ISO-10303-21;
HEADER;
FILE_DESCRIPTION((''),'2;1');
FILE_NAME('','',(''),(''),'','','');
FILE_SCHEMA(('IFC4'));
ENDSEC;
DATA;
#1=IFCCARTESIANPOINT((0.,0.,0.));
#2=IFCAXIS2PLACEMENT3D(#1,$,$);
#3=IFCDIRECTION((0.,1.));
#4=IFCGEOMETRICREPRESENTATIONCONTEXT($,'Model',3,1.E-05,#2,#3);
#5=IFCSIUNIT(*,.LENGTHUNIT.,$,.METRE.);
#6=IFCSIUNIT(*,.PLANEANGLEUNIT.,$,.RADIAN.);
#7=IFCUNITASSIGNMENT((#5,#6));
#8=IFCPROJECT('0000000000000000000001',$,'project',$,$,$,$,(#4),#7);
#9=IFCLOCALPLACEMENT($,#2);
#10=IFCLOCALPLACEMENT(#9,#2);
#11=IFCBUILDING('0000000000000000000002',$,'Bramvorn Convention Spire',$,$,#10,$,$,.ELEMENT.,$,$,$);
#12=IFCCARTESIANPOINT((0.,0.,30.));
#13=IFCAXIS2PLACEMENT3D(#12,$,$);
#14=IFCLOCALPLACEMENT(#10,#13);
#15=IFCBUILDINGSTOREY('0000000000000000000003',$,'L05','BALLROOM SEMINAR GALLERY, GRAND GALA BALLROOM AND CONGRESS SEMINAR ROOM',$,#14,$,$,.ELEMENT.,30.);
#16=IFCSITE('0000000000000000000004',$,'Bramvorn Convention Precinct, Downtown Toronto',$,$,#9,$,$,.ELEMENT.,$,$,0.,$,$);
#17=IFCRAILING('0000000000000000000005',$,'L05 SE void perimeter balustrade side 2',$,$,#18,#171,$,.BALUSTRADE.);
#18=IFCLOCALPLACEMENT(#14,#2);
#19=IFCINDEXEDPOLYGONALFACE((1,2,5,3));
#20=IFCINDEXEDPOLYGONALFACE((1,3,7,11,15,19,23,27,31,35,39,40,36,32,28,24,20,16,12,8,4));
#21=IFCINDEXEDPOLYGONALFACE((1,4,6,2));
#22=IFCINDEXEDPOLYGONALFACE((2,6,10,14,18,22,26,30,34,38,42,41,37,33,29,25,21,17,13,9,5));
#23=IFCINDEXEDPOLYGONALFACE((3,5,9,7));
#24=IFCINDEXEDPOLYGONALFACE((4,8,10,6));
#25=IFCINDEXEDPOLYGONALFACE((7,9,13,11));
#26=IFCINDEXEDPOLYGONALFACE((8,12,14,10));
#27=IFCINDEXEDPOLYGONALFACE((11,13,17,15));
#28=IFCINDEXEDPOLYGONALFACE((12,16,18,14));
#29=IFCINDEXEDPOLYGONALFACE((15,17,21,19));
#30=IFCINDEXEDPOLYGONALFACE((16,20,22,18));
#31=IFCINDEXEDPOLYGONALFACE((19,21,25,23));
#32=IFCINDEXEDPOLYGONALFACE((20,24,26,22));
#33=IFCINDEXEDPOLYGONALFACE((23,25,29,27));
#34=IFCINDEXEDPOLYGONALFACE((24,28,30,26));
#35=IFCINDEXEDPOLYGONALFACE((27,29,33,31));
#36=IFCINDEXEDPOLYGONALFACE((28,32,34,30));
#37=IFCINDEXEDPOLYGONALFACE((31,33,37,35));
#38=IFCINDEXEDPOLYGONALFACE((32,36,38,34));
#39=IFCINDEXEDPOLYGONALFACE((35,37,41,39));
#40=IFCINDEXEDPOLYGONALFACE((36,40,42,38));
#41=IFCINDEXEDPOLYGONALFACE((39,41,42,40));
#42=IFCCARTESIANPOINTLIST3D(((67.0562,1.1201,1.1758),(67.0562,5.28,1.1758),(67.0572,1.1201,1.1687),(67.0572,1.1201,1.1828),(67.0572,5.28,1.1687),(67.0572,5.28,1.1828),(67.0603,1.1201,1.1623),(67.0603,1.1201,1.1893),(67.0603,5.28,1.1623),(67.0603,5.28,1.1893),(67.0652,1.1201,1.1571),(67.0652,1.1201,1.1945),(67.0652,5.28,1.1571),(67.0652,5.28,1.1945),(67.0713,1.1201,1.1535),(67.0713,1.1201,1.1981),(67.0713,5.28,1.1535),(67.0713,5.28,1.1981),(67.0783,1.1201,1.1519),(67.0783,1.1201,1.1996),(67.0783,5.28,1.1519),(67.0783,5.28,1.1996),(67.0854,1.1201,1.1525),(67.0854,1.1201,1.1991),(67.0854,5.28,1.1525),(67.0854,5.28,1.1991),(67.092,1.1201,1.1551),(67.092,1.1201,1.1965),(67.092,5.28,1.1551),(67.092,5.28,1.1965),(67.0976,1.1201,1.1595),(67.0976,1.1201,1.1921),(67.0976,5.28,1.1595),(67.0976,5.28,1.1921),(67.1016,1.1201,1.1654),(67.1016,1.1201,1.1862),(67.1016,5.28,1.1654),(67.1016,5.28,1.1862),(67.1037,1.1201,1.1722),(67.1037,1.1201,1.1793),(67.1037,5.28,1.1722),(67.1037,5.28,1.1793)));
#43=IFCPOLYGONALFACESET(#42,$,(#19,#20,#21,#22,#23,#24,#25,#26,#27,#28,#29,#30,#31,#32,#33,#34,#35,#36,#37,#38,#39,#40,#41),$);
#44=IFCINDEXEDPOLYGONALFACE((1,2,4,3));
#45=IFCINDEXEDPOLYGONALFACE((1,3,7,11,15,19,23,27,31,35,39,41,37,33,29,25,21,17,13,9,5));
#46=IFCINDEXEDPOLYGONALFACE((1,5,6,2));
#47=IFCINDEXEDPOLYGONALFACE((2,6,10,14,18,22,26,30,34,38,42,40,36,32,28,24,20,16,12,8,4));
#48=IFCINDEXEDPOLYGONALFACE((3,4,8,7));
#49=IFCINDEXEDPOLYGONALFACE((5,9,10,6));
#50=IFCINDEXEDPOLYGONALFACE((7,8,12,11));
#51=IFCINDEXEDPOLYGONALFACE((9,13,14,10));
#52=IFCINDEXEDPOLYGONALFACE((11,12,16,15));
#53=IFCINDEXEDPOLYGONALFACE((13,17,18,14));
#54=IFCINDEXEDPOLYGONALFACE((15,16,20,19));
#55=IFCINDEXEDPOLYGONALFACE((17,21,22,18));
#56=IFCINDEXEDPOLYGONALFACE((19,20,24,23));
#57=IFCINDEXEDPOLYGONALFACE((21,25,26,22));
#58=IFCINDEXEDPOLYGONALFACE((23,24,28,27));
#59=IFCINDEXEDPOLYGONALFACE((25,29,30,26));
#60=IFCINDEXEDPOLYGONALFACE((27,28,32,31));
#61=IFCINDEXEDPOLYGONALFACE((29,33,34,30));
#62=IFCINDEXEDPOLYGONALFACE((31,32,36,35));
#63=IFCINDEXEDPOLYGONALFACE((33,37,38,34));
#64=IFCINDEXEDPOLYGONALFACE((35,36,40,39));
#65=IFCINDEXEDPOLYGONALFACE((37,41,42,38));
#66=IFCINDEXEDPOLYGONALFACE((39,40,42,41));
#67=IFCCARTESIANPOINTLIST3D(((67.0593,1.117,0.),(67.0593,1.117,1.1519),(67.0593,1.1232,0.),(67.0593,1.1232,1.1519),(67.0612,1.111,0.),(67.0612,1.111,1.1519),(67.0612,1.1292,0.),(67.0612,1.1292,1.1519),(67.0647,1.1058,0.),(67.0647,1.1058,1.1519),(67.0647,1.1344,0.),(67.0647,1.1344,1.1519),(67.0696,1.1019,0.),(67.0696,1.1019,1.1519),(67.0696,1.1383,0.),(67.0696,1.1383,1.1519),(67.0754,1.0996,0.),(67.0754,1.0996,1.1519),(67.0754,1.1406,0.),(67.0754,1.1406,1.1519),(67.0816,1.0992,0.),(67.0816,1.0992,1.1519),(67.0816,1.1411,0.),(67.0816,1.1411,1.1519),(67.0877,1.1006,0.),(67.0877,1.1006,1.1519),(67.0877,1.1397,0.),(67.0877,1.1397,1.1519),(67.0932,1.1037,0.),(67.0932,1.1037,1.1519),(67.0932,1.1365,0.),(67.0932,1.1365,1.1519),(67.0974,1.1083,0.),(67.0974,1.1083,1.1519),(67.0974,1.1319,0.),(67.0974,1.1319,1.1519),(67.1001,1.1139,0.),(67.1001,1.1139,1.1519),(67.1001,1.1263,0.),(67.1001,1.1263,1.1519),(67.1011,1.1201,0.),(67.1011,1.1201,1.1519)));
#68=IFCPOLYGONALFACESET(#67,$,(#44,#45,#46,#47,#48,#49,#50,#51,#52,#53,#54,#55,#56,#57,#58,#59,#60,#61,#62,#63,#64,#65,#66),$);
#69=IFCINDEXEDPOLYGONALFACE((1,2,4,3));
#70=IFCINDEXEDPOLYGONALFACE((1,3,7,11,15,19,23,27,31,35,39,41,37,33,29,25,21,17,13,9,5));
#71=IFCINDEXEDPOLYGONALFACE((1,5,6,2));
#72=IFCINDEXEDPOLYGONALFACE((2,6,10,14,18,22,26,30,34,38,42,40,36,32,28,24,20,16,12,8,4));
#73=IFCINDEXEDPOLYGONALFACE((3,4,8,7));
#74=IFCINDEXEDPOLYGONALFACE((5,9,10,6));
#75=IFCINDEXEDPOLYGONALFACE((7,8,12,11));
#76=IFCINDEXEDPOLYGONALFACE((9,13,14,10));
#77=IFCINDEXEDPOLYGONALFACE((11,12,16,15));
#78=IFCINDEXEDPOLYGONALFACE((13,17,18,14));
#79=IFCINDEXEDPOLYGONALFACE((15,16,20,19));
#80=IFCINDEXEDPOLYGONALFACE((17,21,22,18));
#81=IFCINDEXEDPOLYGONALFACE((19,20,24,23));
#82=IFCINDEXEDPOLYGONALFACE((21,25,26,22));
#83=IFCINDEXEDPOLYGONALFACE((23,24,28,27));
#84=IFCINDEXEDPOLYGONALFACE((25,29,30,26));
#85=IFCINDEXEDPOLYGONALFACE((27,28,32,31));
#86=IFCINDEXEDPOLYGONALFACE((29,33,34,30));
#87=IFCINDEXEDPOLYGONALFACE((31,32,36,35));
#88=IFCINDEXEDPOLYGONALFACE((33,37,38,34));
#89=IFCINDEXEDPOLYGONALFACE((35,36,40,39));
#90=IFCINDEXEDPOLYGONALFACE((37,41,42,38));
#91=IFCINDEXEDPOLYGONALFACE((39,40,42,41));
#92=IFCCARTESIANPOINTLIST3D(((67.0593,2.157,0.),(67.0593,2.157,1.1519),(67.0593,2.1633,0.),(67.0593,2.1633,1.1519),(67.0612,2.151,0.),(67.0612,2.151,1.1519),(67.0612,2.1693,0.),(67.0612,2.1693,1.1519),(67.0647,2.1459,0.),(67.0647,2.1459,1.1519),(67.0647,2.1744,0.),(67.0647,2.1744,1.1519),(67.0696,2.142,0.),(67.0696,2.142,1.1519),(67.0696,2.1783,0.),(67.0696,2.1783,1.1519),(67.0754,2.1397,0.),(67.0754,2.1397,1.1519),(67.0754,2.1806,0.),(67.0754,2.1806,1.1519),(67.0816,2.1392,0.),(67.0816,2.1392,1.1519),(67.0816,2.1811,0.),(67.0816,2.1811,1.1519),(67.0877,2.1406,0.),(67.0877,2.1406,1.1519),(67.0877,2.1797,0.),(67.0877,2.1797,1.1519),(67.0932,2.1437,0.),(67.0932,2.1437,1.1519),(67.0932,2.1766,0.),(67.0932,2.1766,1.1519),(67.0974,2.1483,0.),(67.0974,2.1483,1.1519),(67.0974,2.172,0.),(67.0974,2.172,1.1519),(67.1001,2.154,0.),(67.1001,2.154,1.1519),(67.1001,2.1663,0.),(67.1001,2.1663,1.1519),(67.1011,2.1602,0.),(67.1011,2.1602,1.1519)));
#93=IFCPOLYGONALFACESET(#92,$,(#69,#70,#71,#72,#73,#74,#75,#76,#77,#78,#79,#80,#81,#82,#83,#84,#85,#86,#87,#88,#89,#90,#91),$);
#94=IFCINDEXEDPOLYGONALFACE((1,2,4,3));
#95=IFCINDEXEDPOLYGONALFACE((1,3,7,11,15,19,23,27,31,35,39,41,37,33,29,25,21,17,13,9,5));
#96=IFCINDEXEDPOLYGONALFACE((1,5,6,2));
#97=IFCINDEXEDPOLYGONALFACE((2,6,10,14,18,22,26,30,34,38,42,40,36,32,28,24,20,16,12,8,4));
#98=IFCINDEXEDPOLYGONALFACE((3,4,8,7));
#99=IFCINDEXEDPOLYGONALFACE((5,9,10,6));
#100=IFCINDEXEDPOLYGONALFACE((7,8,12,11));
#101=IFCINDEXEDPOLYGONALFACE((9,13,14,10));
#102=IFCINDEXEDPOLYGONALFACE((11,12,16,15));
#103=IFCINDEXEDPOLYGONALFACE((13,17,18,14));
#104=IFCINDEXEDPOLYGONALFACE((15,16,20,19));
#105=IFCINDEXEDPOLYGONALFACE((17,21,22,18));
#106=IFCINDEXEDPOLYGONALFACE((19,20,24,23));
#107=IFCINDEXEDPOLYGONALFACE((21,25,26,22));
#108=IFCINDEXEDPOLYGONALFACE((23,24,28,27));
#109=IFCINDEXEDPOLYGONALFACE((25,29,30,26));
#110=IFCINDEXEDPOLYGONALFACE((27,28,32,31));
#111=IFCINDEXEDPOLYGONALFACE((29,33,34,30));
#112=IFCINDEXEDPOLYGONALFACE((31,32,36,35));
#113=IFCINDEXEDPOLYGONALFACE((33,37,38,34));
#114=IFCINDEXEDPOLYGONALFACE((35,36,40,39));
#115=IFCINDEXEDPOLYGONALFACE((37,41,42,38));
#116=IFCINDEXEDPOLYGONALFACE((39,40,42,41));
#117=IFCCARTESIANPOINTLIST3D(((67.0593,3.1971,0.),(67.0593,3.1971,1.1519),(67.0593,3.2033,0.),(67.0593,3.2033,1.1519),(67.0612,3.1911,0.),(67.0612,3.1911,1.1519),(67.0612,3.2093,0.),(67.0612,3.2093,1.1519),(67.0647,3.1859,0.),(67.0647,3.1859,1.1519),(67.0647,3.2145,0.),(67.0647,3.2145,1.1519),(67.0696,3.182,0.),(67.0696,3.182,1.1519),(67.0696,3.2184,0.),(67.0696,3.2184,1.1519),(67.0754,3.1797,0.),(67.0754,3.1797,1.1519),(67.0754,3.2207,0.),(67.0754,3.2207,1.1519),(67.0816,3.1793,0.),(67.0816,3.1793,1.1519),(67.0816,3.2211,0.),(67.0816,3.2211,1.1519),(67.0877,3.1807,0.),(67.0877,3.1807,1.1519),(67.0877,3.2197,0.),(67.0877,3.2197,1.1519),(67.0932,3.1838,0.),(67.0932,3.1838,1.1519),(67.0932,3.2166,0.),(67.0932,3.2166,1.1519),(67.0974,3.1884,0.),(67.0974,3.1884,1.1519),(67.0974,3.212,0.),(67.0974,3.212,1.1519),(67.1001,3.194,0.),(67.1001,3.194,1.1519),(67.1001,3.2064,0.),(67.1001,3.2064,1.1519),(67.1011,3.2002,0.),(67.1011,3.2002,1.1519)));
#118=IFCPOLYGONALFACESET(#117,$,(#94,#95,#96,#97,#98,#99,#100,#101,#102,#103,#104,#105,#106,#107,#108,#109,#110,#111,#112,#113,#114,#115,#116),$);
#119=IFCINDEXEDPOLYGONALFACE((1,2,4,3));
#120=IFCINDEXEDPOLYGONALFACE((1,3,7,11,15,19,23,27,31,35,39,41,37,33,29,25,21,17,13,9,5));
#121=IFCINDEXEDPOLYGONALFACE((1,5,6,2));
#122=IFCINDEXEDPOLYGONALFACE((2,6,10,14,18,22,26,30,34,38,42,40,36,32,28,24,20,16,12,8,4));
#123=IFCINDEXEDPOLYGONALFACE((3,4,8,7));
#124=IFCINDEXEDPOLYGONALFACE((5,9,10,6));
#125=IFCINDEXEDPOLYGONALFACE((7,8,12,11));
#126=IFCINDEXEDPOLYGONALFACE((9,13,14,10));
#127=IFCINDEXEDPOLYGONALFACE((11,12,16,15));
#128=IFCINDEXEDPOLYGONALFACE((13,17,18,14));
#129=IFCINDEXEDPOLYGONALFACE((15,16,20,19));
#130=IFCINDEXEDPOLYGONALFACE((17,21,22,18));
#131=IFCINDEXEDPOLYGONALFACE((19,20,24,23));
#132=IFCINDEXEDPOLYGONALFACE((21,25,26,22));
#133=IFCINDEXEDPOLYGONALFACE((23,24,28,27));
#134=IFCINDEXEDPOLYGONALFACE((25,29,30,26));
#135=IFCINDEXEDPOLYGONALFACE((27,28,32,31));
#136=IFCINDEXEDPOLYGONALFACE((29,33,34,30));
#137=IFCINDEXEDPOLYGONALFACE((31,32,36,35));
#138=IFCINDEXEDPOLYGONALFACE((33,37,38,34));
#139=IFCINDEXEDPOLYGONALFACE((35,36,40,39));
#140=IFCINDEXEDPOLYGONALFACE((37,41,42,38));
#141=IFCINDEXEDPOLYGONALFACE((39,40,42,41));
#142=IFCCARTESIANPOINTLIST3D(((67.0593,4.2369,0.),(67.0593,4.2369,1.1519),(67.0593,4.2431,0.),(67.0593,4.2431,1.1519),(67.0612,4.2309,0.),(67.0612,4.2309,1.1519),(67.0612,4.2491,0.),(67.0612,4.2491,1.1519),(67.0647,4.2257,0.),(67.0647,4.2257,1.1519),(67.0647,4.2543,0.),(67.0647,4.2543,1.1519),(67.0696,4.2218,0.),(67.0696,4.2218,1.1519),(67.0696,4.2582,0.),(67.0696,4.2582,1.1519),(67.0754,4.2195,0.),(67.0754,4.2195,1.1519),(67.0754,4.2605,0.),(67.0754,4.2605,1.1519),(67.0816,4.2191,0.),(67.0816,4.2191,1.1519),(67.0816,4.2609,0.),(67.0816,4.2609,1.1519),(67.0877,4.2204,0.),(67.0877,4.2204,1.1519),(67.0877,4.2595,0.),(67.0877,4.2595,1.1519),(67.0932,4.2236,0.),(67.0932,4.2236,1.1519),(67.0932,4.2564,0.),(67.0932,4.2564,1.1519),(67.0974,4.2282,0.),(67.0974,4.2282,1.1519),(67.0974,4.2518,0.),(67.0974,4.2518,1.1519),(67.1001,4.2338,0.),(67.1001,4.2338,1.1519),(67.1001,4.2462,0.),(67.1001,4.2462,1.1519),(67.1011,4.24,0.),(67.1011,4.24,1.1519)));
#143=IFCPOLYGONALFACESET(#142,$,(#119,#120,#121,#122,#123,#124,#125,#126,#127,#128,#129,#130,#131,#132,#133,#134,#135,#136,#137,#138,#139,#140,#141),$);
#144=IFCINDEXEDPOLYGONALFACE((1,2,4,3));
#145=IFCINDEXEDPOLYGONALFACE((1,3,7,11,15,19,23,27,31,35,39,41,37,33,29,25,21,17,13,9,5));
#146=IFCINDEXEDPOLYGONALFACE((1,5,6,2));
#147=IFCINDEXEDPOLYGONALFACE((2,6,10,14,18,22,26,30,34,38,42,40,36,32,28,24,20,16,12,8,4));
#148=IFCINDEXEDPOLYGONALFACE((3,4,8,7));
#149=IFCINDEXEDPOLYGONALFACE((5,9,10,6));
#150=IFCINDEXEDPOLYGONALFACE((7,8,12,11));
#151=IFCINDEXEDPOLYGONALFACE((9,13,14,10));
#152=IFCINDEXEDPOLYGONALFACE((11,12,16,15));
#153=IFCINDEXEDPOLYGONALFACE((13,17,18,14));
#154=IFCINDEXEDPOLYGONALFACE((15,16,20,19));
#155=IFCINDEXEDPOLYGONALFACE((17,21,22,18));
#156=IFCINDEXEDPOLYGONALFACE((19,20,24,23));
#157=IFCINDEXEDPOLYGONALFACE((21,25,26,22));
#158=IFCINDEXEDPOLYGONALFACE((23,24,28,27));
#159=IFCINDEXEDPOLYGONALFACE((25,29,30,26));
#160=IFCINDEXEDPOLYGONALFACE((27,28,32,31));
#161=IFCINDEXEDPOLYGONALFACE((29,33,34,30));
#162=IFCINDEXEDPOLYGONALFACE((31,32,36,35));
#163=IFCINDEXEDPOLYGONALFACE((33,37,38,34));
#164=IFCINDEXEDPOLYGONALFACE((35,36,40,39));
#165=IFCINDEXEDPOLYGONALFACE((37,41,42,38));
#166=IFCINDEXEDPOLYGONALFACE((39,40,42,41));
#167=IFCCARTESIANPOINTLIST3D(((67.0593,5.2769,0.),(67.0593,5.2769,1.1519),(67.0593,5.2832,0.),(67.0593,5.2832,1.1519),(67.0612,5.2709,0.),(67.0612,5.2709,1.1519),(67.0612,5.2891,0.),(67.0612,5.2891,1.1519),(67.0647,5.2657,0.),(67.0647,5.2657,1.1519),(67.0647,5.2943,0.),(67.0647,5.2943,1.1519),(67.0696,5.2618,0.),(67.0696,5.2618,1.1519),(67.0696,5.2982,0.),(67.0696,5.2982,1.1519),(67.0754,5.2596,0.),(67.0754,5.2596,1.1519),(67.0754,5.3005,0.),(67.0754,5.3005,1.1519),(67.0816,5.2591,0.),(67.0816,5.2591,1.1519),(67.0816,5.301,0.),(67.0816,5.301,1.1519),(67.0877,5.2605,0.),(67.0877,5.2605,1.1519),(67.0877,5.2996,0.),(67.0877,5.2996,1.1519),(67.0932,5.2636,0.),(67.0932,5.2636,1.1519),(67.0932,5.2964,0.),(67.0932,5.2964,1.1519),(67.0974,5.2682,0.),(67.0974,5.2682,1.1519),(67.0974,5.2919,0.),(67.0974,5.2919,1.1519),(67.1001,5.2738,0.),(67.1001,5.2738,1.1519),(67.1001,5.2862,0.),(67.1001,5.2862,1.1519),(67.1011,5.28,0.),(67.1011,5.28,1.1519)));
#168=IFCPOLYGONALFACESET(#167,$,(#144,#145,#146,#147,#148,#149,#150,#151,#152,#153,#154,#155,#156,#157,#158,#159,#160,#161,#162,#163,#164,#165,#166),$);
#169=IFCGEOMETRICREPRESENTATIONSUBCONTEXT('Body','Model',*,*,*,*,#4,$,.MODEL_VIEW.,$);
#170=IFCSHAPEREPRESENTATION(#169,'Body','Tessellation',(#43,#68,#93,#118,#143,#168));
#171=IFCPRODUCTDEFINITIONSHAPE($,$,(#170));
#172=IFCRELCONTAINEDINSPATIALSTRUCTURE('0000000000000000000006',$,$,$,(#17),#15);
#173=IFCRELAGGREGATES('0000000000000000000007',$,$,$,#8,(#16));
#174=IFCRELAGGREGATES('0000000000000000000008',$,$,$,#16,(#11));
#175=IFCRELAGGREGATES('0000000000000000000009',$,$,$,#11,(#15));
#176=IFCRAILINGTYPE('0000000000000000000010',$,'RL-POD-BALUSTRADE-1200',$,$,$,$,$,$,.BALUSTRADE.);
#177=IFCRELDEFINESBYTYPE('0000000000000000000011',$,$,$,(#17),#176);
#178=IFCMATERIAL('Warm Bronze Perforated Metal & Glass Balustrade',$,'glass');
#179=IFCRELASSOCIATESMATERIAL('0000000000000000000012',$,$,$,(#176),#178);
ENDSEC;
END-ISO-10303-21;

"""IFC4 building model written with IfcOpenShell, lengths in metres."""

from ifc_helpers import new_model, si_unit, direction, frame, origin, origin_2d, place, context, subcontext, project, spatial, circle, extrude, material, type_object, element, save


model = new_model("IFC4")

# Units and contexts
model_context = context("Model", 3, precision=1e-05, world=origin(), true_north=direction((0.0, 1.0)))
body_context = subcontext(model_context, "Body", "Model", "MODEL_VIEW")
ifc_project = project(units=[si_unit("LENGTHUNIT", "METRE"), si_unit("PLANEANGLEUNIT", "RADIAN")], contexts=[model_context])

# Site, building, storey
site_placement = place(None, origin())
site = spatial("IfcSite", under=ifc_project, at=site_placement, Name="Bramvorn Convention Precinct, Downtown Toronto", CompositionType="ELEMENT", RefElevation=0.0)
building_placement = place(site_placement, origin())
building = spatial("IfcBuilding", under=site, at=building_placement, Name="Bramvorn Convention Spire", CompositionType="ELEMENT")
storey_placement = place(building_placement, frame((0.0, 0.0, 30.0)))
storey = spatial("IfcBuildingStorey", under=building, at=storey_placement, Name="L05", Description="BALLROOM SEMINAR GALLERY, GRAND GALA BALLROOM AND CONGRESS SEMINAR ROOM", CompositionType="ELEMENT", Elevation=30.0)

# Railing
ifc_material_1 = material(Name="Warm Bronze Perforated Metal & Glass Balustrade", Category="glass")
railing_type = type_object("IfcRailingType", Name="RL-POD-BALUSTRADE-1200", PredefinedType="BALUSTRADE", material=ifc_material_1)
railing_1_placement = place(storey_placement, frame((67.0801, 1.1201, 0.0)))
element("IfcRailing", 1, at=railing_1_placement, inside=storey, type_object=railing_type, Name="L05 SE void perimeter balustrade side 2", PredefinedType="BALUSTRADE", context=body_context, shape_type="SweptSolid", body=[
    extrude(circle(Radius=0.0239, at=origin_2d()), frame((0.0, 0.0, 1.1758), z_axis=(0.0, 1.0, 0.0), x_axis=(-1.0, 0.0, 0.0)), (0.0, 0.0, 1.0), 4.1599),
    extrude(circle(Radius=0.021, at=origin_2d()), origin(), (0.0, 0.0, 1.0), 1.1519),
    extrude(circle(Radius=0.021, at=origin_2d()), frame((0.0, 1.04, 0.0)), (0.0, 0.0, 1.0), 1.1519),
    extrude(circle(Radius=0.021, at=origin_2d()), frame((0.0, 2.0801, 0.0)), (0.0, 0.0, 1.0), 1.1519),
    extrude(circle(Radius=0.021, at=origin_2d()), frame((0.0, 3.1199, 0.0)), (0.0, 0.0, 1.0), 1.1519),
    extrude(circle(Radius=0.021, at=origin_2d()), frame((0.0, 4.1599, 0.0)), (0.0, 0.0, 1.0), 1.1519),
])

save(model, "model.ifc")
